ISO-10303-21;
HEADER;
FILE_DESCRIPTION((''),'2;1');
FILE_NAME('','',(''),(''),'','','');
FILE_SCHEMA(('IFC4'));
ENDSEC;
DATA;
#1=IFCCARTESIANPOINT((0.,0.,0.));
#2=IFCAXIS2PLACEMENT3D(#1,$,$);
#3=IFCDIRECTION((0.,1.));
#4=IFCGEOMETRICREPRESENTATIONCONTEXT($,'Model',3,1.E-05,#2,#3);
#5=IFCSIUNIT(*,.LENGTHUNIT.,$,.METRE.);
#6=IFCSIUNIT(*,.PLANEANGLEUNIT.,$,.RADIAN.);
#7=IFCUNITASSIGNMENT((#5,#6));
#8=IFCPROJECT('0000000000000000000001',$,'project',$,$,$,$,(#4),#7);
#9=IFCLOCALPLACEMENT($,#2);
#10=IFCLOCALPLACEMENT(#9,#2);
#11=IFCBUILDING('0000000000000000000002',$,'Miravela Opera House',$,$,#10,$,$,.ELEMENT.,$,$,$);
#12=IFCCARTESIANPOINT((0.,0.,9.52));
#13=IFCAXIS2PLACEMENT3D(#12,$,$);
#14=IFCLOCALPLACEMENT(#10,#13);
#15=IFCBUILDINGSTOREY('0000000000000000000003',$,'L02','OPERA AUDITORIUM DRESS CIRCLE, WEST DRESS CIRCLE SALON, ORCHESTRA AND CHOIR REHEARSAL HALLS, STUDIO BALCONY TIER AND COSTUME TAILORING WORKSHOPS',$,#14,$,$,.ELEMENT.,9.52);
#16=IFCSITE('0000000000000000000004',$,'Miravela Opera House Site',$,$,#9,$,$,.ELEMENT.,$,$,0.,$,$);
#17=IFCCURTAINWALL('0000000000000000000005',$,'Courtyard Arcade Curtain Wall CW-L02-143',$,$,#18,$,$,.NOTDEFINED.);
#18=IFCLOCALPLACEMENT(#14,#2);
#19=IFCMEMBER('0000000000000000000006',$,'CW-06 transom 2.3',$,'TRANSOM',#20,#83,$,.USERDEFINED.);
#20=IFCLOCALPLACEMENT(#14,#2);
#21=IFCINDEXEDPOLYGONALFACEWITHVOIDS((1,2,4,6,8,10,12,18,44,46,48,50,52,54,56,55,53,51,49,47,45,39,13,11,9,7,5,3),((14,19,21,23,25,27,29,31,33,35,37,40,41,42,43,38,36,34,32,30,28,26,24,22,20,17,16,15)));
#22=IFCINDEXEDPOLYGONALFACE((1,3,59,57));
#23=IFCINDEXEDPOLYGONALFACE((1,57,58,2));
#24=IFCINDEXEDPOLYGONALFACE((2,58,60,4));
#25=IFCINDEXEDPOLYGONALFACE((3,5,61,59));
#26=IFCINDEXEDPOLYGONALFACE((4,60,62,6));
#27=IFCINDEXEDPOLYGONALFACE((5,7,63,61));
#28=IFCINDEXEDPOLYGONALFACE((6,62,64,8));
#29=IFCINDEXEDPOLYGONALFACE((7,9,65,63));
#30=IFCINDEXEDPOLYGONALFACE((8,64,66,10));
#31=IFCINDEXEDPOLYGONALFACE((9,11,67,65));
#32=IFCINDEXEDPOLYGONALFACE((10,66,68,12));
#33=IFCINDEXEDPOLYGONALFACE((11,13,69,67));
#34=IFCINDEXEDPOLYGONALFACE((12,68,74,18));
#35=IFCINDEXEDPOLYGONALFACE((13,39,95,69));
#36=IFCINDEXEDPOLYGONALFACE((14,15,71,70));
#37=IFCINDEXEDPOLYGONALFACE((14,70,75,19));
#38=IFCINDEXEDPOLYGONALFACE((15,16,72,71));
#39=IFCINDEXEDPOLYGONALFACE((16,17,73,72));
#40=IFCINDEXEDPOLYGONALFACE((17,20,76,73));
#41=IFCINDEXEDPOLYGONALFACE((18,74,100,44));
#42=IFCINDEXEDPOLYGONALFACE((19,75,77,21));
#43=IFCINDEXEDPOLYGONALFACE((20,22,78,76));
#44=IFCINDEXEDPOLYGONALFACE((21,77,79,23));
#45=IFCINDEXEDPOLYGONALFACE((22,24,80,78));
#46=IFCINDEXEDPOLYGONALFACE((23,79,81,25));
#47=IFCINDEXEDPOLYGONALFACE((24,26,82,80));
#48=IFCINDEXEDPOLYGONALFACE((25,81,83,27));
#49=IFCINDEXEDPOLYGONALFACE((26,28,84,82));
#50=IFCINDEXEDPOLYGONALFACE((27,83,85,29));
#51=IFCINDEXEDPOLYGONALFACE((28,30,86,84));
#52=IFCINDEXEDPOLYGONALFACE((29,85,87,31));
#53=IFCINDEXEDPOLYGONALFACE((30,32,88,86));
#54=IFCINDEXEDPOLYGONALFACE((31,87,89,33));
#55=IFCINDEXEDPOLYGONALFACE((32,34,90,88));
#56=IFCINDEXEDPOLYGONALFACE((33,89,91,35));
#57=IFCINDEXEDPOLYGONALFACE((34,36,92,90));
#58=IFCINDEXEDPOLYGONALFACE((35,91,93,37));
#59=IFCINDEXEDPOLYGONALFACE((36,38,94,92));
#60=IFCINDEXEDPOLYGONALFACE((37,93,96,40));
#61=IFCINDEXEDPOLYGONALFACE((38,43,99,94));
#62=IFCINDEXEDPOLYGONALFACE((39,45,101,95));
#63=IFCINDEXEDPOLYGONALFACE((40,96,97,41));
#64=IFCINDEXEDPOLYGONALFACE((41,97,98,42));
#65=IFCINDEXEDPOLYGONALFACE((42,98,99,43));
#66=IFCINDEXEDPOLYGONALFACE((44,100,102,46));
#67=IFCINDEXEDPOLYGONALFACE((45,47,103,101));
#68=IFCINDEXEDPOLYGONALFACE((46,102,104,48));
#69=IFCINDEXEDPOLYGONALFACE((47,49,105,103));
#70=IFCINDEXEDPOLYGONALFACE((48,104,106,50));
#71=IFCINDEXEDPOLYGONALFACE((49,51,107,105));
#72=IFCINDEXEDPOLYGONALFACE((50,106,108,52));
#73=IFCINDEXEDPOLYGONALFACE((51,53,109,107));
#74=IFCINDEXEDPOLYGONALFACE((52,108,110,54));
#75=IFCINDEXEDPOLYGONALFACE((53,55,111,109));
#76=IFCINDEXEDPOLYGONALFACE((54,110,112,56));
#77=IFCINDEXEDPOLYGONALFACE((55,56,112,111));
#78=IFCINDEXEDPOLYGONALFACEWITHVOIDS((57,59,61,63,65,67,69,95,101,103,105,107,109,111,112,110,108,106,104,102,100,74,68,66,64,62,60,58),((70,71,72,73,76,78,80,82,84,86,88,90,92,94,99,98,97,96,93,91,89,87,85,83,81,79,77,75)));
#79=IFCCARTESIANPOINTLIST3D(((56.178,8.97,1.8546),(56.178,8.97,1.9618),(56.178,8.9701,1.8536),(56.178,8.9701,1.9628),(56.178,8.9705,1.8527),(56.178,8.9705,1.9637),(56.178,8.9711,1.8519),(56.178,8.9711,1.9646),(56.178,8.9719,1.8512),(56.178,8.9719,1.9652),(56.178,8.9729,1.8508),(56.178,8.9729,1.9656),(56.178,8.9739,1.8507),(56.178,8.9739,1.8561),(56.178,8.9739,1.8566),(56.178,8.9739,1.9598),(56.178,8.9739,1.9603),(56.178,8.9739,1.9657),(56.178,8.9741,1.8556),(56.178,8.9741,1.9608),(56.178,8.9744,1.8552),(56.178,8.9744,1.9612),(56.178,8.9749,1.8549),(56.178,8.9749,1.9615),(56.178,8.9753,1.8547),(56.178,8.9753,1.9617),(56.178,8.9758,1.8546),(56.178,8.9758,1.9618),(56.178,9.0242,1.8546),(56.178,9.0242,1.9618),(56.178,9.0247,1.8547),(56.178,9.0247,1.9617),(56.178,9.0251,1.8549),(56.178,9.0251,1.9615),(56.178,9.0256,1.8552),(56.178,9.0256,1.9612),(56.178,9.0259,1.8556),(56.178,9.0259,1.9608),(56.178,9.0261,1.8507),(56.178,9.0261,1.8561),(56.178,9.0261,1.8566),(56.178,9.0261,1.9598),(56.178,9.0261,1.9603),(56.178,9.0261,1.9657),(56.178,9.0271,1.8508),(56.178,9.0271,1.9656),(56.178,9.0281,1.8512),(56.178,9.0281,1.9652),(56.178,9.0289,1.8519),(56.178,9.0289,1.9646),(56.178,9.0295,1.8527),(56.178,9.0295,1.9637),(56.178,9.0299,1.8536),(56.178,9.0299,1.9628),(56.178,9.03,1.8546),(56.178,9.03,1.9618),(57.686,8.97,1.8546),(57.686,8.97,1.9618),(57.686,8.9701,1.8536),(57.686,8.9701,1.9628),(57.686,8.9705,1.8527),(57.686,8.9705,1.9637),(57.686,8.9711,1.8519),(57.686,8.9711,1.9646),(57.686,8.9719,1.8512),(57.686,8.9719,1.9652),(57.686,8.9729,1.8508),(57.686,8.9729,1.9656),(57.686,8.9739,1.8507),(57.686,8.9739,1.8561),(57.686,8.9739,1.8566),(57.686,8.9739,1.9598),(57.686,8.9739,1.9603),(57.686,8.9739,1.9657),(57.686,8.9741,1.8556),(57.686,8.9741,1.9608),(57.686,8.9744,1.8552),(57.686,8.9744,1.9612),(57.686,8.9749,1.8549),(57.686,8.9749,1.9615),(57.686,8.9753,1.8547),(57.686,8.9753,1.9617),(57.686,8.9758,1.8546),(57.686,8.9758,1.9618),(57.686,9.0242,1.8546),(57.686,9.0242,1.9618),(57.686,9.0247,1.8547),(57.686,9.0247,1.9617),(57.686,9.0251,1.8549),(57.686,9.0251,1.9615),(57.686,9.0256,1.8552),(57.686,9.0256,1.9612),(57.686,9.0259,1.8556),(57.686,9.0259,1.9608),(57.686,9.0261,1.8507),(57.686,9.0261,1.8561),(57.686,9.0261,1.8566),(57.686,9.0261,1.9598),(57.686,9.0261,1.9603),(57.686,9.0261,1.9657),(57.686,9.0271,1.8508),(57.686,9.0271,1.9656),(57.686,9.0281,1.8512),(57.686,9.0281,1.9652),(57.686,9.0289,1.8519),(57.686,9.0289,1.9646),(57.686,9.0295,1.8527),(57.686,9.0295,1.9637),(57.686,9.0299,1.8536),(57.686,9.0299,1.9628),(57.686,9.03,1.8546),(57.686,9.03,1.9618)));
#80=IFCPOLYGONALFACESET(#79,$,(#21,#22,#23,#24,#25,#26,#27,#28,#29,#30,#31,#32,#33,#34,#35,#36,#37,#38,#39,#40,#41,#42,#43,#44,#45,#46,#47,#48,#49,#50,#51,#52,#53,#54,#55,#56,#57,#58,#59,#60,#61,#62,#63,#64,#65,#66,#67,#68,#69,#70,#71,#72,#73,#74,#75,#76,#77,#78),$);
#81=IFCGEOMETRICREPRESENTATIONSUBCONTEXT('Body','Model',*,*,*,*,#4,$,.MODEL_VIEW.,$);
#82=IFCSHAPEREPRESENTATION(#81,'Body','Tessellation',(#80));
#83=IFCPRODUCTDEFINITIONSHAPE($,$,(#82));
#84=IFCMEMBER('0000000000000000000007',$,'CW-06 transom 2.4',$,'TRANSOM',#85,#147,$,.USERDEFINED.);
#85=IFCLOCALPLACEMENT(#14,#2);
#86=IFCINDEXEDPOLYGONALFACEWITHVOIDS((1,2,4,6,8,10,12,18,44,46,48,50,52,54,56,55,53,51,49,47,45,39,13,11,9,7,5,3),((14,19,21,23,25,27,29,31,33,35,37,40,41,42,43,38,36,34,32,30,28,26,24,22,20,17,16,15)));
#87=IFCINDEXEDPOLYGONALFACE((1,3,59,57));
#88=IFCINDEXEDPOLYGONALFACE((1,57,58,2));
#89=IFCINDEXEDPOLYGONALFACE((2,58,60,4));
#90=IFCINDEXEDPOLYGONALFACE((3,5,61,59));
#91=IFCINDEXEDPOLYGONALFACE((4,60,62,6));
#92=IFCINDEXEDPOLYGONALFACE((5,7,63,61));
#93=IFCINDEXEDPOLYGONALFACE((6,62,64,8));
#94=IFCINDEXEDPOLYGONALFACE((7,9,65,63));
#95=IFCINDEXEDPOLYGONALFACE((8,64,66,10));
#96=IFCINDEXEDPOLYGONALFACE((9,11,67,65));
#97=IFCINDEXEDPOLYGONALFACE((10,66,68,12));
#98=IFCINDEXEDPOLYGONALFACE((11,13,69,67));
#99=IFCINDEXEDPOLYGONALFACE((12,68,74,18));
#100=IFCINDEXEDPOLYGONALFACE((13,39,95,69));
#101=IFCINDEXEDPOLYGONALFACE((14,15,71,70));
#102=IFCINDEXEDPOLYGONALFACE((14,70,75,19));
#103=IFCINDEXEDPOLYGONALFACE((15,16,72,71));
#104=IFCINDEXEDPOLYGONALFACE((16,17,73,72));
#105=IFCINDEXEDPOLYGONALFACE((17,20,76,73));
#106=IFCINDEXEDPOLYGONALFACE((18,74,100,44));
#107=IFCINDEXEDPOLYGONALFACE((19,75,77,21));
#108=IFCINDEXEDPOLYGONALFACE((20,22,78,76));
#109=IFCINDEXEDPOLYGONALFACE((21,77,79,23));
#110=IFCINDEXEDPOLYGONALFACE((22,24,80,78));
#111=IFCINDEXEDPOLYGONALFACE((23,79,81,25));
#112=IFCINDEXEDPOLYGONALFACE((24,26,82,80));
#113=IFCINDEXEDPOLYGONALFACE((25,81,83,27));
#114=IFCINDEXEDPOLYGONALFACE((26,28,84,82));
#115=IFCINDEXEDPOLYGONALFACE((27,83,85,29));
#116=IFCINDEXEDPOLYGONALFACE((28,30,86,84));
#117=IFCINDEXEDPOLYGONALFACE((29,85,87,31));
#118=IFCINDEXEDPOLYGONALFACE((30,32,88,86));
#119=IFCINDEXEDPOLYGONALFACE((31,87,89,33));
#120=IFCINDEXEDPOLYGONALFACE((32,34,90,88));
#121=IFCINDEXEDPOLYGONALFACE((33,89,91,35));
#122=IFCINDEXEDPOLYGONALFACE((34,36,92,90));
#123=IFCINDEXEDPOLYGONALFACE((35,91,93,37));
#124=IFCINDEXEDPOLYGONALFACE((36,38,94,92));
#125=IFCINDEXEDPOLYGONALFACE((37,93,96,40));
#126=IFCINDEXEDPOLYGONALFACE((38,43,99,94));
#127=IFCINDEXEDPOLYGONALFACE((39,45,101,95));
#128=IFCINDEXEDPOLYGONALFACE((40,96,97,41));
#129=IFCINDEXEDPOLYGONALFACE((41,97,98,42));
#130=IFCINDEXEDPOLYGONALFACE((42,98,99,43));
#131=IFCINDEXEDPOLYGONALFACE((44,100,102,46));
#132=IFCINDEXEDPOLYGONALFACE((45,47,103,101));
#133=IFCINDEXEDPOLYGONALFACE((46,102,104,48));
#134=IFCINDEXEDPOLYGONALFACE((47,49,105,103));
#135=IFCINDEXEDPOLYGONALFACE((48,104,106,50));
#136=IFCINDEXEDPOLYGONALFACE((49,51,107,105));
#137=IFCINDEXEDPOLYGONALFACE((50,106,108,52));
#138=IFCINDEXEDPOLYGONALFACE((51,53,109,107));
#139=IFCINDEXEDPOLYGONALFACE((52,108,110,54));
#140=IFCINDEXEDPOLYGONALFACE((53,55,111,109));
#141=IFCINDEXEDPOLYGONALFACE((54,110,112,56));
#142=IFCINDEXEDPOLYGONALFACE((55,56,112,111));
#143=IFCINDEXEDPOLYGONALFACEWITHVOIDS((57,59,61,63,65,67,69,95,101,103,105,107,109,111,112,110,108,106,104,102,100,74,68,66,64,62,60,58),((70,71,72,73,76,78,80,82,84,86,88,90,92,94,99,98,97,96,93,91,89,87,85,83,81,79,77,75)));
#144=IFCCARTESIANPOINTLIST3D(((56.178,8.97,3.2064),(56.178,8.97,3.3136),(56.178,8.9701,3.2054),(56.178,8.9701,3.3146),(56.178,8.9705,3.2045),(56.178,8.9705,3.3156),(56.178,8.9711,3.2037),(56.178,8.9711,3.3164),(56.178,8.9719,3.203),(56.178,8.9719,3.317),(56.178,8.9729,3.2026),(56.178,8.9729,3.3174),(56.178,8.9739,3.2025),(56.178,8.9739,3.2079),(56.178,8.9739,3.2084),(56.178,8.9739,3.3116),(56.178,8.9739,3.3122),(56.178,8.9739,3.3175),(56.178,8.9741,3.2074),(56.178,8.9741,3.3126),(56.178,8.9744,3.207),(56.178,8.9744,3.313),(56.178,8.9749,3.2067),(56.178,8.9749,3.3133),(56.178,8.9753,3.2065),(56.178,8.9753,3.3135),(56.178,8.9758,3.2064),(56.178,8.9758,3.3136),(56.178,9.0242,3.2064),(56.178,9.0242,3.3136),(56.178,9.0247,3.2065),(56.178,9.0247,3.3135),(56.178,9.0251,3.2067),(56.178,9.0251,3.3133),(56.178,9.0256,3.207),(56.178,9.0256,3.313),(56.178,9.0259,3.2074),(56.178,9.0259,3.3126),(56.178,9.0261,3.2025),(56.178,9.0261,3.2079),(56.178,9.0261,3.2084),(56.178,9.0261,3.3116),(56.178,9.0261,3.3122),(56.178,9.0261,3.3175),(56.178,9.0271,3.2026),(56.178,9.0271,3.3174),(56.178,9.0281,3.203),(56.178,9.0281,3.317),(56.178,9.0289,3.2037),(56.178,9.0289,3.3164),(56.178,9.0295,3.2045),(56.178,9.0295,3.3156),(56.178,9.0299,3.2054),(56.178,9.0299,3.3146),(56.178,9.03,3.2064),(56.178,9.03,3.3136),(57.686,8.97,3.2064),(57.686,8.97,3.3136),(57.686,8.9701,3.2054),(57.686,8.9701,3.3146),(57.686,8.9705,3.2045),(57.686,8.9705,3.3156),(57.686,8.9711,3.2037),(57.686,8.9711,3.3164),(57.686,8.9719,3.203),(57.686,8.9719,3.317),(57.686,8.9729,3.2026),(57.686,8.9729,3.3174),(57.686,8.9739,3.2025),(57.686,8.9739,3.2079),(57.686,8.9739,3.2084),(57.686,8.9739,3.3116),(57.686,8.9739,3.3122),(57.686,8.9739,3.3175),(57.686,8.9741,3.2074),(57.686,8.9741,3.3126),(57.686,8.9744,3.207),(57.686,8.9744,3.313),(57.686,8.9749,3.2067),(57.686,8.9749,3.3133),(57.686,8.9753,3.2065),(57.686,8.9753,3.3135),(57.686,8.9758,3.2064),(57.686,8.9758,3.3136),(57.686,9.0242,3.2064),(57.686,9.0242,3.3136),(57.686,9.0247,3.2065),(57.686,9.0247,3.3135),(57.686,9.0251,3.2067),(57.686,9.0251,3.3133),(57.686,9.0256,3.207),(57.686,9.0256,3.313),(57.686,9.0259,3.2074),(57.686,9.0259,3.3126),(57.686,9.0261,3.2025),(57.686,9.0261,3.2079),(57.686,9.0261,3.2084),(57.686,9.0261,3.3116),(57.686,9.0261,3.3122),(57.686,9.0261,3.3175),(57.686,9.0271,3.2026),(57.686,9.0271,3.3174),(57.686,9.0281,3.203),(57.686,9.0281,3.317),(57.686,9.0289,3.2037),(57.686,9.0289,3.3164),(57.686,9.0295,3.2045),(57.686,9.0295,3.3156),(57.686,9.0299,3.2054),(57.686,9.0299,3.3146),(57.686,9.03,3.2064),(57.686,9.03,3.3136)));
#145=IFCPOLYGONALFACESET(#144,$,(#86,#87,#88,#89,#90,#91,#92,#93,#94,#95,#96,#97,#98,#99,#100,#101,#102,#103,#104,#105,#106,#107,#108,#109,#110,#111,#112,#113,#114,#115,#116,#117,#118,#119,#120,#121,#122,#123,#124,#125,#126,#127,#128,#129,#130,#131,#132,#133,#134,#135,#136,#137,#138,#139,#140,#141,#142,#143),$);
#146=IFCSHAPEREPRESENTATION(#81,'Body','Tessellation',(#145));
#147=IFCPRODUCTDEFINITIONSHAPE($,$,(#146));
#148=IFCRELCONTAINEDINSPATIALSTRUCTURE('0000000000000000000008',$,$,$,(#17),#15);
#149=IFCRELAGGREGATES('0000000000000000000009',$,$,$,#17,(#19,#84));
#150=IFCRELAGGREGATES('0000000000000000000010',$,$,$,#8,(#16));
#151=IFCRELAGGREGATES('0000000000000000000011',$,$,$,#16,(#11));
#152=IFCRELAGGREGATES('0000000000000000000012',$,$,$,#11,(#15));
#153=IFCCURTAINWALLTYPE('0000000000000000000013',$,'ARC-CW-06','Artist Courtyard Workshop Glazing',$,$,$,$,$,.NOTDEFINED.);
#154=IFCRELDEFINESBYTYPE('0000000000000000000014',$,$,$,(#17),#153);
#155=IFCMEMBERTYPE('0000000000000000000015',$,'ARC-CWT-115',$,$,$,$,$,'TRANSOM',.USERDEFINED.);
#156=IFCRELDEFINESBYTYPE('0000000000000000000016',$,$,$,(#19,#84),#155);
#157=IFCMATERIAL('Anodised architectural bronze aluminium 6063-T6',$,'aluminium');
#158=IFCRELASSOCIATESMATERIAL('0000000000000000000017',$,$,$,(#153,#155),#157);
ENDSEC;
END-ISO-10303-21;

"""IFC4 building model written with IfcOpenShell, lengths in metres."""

from ifc_helpers import new_model, si_unit, direction, frame, origin, origin_2d, place, context, subcontext, project, spatial, hollow_rectangle, extrude, material, material_profile, profile_set, type_object, element, aggregate, save


model = new_model("IFC4")

# Units and contexts
model_context = context("Model", 3, precision=1e-05, world=origin(), true_north=direction((0.0, 1.0)))
body_context = subcontext(model_context, "Body", "Model", "MODEL_VIEW")
ifc_project = project(units=[si_unit("LENGTHUNIT", "METRE"), si_unit("PLANEANGLEUNIT", "RADIAN")], contexts=[model_context])

# Site, building, storey
site_placement = place(None, origin())
site = spatial("IfcSite", under=ifc_project, at=site_placement, Name="Miravela Opera House Site", CompositionType="ELEMENT", RefElevation=0.0)
building_placement = place(site_placement, origin())
building = spatial("IfcBuilding", under=site, at=building_placement, Name="Miravela Opera House", CompositionType="ELEMENT")
storey_placement = place(building_placement, frame((0.0, 0.0, 9.52)))
storey = spatial("IfcBuildingStorey", under=building, at=storey_placement, Name="L02", Description="OPERA AUDITORIUM DRESS CIRCLE, WEST DRESS CIRCLE SALON, ORCHESTRA AND CHOIR REHEARSAL HALLS, STUDIO BALCONY TIER AND COSTUME TAILORING WORKSHOPS", CompositionType="ELEMENT", Elevation=9.52)

# Curtain wall, members
ifc_material_1 = material(Name="Anodised architectural bronze aluminium 6063-T6", Category="aluminium")
curtain_wall_type = type_object("IfcCurtainWallType", Name="ARC-CW-06", Description="Artist Courtyard Workshop Glazing", PredefinedType="NOTDEFINED", material=ifc_material_1)
curtain_wall_placement = place(storey_placement, origin())
curtain_wall = element("IfcCurtainWall", 1, at=curtain_wall_placement, inside=storey, type_object=curtain_wall_type, Name="Courtyard Arcade Curtain Wall CW-L02-143", PredefinedType="NOTDEFINED")
ifc_material_profile_1 = material_profile(ifc_material_1, hollow_rectangle(XDim=0.0601, YDim=0.115, WallThickness=0.0039, InnerFilletRadius=0.002, OuterFilletRadius=0.0039, at=origin_2d()), Name="CWT-60X115")
ifc_profile_set_1 = profile_set([ifc_material_profile_1])
member_type_1 = type_object("IfcMemberType", Name="ARC-CWT-115", ElementType="TRANSOM", PredefinedType="USERDEFINED", material=ifc_profile_set_1)
member_1_placement = place(storey_placement, frame((56.178, 9.0, 1.9082), z_axis=(1.0, 0.0, 0.0), x_axis=(0.0, 1.0, 0.0)))
member_1 = element("IfcMember", 2, at=member_1_placement, type_object=member_type_1, Name="CW-06 transom 2.3", ObjectType="TRANSOM", PredefinedType="USERDEFINED", context=body_context, shape_type="SweptSolid", body=[
    extrude(hollow_rectangle(XDim=0.0601, YDim=0.115, WallThickness=0.0039, InnerFilletRadius=0.002, OuterFilletRadius=0.0039, at=origin_2d()), origin(), (0.0, 0.0, 1.0), 1.5081),
])
member_2_placement = place(storey_placement, frame((56.178, 9.0, 3.26), z_axis=(1.0, 0.0, 0.0), x_axis=(0.0, 1.0, 0.0)))
member_2 = element("IfcMember", 3, at=member_2_placement, type_object=member_type_1, Name="CW-06 transom 2.4", ObjectType="TRANSOM", PredefinedType="USERDEFINED", context=body_context, shape_type="SweptSolid", body=[
    extrude(hollow_rectangle(XDim=0.0601, YDim=0.115, WallThickness=0.0039, InnerFilletRadius=0.002, OuterFilletRadius=0.0039, at=origin_2d()), origin(), (0.0, 0.0, 1.0), 1.5081),
])

aggregate(curtain_wall, [member_1, member_2])

save(model, "model.ifc")
